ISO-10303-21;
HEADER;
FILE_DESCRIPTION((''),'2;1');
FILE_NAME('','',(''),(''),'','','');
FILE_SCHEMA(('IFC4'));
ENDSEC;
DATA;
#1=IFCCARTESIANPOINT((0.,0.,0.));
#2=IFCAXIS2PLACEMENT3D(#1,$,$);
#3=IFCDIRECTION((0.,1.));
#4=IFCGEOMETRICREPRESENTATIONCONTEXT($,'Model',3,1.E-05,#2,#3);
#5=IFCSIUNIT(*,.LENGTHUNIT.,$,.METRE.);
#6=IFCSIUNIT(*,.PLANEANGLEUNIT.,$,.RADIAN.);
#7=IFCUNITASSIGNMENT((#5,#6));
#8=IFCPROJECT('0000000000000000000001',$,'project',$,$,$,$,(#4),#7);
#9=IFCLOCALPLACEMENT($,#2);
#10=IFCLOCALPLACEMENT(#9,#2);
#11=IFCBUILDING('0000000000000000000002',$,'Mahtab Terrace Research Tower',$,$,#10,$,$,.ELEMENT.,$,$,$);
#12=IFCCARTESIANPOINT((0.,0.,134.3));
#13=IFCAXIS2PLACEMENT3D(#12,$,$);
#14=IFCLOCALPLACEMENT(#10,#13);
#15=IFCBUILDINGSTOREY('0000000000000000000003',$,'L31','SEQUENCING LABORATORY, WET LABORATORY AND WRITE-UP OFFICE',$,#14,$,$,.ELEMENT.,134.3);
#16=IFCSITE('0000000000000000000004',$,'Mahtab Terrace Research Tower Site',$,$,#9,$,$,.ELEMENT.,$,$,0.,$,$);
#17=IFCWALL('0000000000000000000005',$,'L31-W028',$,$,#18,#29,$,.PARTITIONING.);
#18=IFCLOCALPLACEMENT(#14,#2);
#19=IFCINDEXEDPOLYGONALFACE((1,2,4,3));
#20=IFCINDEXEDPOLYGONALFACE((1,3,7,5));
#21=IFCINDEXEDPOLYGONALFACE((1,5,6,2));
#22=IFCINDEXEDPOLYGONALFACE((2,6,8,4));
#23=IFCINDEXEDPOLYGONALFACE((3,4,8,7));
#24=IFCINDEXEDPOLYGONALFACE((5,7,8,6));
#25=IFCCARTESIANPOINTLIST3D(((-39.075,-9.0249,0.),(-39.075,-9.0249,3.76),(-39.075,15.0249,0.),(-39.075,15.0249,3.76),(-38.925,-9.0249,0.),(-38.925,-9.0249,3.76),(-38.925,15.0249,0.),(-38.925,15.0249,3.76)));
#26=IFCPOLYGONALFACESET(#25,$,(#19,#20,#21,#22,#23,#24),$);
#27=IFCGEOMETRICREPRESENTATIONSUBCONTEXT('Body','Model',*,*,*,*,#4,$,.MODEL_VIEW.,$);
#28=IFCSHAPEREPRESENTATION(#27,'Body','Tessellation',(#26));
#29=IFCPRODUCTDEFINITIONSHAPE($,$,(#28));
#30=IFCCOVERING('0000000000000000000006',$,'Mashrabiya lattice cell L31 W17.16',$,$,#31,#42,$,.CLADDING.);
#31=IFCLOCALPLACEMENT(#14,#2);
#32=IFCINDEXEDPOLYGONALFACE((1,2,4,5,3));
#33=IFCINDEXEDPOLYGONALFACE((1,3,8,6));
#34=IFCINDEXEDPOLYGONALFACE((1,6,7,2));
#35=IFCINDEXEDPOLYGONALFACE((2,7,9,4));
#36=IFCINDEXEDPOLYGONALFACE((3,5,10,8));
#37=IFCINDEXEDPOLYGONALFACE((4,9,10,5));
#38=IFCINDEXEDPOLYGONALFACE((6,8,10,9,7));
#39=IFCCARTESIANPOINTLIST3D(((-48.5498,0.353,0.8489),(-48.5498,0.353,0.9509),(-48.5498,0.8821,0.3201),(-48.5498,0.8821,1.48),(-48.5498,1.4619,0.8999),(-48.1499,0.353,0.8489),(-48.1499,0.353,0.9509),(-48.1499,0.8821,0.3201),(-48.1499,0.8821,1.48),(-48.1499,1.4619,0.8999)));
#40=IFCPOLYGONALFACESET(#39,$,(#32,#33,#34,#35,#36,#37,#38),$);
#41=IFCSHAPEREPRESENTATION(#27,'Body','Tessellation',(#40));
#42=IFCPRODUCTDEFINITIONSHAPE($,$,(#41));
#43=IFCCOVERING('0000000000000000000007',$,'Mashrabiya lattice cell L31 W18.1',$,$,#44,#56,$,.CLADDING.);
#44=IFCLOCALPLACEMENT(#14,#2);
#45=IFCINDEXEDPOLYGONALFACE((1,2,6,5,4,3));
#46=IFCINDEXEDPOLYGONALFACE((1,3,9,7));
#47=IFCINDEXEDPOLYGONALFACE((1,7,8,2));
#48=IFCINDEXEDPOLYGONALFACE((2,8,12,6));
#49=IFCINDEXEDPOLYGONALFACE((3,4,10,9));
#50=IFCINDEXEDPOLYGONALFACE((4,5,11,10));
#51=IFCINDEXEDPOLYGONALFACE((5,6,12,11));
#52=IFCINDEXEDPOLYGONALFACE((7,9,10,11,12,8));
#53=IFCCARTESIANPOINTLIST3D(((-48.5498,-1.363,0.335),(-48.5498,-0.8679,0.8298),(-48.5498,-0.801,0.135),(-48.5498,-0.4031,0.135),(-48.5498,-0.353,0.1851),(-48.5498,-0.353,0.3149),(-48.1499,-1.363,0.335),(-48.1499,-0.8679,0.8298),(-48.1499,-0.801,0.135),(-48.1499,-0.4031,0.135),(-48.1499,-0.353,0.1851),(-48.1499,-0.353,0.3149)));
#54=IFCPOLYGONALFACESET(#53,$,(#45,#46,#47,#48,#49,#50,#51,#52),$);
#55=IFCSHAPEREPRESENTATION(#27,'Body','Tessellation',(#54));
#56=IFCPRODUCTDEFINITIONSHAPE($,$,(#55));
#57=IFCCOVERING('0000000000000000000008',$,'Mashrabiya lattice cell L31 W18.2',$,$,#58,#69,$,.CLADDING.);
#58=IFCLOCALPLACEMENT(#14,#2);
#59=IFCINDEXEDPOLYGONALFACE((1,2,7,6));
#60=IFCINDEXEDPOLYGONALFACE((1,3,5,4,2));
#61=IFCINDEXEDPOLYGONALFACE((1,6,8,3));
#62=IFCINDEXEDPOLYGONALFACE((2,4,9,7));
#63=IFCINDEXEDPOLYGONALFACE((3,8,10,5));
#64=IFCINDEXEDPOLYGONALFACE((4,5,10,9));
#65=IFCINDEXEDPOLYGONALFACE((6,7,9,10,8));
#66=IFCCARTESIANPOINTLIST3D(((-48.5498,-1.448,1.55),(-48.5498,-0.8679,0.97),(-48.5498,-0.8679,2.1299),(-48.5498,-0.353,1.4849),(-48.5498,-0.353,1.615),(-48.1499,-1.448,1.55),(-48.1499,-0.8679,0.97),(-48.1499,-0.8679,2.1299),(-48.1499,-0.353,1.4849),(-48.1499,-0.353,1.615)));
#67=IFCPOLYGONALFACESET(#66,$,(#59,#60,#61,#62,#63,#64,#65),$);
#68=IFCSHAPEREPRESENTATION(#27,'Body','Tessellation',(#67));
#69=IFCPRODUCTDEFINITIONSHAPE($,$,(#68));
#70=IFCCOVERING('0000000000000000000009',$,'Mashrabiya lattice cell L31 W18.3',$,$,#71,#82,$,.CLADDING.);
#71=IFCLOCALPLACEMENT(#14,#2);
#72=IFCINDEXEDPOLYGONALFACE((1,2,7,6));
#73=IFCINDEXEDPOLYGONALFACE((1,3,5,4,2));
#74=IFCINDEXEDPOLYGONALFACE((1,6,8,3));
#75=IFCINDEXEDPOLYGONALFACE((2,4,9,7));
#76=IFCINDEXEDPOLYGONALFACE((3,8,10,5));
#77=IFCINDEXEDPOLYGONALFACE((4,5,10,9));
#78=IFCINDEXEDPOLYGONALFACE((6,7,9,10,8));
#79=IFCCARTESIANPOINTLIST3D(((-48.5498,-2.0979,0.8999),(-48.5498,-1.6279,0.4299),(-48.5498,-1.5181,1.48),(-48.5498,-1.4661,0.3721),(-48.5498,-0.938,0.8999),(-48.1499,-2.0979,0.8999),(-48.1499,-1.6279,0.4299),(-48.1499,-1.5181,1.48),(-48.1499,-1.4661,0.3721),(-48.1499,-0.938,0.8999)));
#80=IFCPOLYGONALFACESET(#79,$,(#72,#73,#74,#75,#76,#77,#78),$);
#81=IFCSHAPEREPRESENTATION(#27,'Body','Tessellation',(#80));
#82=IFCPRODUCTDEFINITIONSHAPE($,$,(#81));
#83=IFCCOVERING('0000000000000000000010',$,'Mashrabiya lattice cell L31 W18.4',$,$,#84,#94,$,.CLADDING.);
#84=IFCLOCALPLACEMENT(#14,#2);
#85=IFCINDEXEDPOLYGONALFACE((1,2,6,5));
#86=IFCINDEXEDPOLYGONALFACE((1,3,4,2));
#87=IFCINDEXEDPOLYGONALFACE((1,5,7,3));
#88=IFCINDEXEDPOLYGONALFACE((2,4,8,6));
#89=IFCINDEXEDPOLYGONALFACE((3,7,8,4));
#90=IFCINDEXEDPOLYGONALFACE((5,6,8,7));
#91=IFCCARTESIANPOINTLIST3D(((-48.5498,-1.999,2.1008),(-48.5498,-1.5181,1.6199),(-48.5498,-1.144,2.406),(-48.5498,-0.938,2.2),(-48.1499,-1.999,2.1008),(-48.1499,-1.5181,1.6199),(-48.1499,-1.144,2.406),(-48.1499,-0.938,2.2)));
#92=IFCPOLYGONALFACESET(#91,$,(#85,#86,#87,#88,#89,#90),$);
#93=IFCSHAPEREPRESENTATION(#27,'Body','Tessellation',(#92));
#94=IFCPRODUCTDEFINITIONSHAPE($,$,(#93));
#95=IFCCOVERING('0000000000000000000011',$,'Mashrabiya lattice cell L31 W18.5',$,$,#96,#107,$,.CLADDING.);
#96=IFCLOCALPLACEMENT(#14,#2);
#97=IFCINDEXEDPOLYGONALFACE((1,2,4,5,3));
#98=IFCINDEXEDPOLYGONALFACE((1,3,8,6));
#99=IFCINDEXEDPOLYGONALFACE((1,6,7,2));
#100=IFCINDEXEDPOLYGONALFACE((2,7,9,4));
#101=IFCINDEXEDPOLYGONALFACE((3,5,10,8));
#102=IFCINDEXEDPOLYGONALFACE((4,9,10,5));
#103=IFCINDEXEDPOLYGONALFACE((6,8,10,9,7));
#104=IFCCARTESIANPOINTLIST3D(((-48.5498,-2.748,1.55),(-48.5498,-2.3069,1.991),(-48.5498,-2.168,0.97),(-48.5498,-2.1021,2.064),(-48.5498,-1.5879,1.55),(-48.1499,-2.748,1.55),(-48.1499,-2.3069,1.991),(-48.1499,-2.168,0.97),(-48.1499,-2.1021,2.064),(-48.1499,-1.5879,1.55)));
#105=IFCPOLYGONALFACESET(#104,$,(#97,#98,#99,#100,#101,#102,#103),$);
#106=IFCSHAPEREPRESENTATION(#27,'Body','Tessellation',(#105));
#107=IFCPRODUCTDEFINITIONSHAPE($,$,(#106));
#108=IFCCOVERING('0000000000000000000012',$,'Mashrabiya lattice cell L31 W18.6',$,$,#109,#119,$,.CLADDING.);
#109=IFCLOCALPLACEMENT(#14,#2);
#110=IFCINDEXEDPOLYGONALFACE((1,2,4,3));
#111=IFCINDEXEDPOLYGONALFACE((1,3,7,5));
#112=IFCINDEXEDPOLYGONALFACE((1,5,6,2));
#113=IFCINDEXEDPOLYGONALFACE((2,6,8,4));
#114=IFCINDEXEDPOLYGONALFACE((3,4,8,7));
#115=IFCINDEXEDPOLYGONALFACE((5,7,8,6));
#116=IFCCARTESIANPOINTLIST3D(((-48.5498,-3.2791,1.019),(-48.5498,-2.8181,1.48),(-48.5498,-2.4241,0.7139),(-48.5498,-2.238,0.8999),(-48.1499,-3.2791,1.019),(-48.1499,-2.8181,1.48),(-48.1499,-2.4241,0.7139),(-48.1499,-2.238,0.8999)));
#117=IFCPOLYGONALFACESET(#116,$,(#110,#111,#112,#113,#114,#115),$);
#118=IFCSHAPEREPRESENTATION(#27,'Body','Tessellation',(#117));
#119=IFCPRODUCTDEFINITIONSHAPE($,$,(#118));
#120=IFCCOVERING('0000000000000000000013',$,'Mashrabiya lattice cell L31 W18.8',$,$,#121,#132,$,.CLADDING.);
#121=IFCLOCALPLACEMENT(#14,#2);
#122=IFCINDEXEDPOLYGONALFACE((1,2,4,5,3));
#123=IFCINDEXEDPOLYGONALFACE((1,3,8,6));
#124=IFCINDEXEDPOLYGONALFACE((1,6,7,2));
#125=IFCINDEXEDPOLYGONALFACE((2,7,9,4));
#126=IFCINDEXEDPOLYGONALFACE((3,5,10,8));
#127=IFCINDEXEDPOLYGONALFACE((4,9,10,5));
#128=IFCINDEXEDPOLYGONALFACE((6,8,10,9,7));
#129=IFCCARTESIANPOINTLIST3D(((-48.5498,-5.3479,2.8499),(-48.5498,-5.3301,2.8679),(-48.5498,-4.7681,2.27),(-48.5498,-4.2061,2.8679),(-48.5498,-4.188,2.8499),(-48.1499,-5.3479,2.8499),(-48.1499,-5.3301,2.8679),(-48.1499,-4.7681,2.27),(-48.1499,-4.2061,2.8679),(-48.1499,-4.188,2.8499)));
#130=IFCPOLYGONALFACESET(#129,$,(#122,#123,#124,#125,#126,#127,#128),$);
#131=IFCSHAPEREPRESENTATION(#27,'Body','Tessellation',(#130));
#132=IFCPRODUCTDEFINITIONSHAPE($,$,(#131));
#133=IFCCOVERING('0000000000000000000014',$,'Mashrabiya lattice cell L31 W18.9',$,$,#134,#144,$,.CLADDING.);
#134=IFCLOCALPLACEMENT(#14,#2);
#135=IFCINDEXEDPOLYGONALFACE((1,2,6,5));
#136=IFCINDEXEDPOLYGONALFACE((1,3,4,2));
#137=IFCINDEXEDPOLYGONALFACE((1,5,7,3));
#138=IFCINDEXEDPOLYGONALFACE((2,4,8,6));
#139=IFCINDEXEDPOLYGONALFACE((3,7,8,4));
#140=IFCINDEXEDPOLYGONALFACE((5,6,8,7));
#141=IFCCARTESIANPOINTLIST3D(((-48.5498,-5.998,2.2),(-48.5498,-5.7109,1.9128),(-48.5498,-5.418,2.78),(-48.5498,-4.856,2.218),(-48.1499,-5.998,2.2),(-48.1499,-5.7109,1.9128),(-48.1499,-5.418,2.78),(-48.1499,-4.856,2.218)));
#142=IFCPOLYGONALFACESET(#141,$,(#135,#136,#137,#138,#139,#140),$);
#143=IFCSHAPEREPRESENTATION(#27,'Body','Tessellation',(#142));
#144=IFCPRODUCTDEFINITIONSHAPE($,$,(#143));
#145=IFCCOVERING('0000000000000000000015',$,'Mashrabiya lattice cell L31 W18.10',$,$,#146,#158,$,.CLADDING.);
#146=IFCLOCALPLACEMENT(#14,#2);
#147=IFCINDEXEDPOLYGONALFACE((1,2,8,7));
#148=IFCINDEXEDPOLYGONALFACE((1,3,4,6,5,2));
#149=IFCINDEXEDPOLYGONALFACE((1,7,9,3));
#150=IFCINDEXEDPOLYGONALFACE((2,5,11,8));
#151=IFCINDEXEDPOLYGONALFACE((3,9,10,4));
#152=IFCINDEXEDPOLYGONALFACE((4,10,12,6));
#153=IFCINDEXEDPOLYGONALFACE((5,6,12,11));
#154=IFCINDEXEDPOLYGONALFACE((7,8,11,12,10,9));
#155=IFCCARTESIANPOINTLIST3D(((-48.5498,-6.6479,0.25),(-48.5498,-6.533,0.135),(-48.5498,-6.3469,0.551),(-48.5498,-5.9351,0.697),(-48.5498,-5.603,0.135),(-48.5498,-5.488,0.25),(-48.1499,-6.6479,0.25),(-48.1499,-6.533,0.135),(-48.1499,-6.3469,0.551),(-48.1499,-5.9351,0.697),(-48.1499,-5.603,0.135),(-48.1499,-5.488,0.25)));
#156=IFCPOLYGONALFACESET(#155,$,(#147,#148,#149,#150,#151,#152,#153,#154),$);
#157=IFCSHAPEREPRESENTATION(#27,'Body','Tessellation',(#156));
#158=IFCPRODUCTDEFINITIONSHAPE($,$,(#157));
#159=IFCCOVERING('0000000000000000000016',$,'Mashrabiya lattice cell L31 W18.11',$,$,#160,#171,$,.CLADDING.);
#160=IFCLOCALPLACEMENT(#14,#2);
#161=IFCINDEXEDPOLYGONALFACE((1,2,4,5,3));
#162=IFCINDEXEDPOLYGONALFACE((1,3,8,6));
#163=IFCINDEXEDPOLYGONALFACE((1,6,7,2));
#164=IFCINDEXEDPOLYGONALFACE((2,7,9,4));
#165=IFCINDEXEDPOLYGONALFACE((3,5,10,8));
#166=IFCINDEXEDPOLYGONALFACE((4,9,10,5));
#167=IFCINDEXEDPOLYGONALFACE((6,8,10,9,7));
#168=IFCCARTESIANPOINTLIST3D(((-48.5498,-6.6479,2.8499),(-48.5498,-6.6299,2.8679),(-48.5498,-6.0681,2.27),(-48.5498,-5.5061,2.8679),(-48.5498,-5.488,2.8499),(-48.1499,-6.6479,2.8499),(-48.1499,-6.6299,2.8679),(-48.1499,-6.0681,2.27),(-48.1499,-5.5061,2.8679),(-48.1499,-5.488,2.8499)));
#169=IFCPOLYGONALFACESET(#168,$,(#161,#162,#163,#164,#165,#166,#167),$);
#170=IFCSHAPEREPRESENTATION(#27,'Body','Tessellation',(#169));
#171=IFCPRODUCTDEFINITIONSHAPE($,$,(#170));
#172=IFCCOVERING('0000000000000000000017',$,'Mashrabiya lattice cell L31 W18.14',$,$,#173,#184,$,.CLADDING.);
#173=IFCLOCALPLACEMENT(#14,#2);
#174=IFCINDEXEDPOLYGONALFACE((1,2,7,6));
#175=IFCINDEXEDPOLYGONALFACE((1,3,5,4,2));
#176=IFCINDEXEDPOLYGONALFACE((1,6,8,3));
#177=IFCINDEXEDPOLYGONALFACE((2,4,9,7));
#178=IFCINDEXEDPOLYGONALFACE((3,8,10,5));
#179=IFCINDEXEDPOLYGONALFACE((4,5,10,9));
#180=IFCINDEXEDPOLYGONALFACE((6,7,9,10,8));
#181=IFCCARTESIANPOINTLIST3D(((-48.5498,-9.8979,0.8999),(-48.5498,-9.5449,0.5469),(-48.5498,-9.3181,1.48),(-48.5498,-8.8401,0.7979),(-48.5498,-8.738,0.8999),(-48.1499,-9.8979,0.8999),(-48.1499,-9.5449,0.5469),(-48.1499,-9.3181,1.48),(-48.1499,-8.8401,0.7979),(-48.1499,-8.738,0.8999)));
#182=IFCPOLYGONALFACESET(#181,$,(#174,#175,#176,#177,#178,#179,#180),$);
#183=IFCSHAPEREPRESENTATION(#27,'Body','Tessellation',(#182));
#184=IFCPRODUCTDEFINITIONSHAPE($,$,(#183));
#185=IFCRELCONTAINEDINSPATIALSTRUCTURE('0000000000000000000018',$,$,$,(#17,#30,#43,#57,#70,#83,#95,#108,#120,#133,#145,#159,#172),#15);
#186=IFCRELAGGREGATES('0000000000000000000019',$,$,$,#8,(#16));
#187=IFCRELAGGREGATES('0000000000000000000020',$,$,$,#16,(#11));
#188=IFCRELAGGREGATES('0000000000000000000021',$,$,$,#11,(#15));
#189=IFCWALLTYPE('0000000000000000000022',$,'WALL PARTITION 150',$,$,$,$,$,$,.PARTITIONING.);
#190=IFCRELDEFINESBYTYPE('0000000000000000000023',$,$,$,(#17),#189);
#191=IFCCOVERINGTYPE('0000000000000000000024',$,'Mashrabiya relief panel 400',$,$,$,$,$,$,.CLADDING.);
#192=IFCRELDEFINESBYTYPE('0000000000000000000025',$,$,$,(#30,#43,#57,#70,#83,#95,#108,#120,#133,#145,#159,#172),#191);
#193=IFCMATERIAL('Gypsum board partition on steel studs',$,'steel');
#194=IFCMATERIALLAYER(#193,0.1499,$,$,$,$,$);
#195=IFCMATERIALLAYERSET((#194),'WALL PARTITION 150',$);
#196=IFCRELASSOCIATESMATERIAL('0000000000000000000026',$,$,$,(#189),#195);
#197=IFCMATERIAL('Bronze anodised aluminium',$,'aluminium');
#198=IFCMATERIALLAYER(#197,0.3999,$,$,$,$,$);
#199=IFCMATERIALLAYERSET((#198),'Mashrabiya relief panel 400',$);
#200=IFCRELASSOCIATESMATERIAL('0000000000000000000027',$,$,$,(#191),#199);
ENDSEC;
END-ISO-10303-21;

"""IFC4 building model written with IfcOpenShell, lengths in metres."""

from ifc_helpers import new_model, si_unit, direction, frame, frame_2d, origin, place, context, subcontext, project, spatial, polyline, rectangle, outline, extrude, material, layer, layer_set, type_object, element, save


model = new_model("IFC4")

# Units and contexts
model_context = context("Model", 3, precision=1e-05, world=origin(), true_north=direction((0.0, 1.0)))
body_context = subcontext(model_context, "Body", "Model", "MODEL_VIEW")
ifc_project = project(units=[si_unit("LENGTHUNIT", "METRE"), si_unit("PLANEANGLEUNIT", "RADIAN")], contexts=[model_context])

# Site, building, storey
site_placement = place(None, origin())
site = spatial("IfcSite", under=ifc_project, at=site_placement, Name="Mahtab Terrace Research Tower Site", CompositionType="ELEMENT", RefElevation=0.0)
building_placement = place(site_placement, origin())
building = spatial("IfcBuilding", under=site, at=building_placement, Name="Mahtab Terrace Research Tower", CompositionType="ELEMENT")
storey_placement = place(building_placement, frame((0.0, 0.0, 134.3)))
storey = spatial("IfcBuildingStorey", under=building, at=storey_placement, Name="L31", Description="SEQUENCING LABORATORY, WET LABORATORY AND WRITE-UP OFFICE", CompositionType="ELEMENT", Elevation=134.3)

# Wall
ifc_material_1 = material(Name="Gypsum board partition on steel studs", Category="steel")
ifc_layer_1 = layer(ifc_material_1, 0.1499)
ifc_layer_set_1 = layer_set([ifc_layer_1], Name="WALL PARTITION 150")
wall_type_1 = type_object("IfcWallType", Name="WALL PARTITION 150", PredefinedType="PARTITIONING", material=ifc_layer_set_1)
wall_1_placement = place(storey_placement, frame((-39.0, -9.0249, 0.0), z_axis=(0.0, 0.0, 1.0), x_axis=(0.0, 1.0, 0.0)))
element("IfcWall", 1, at=wall_1_placement, inside=storey, type_object=wall_type_1, Name="L31-W028", PredefinedType="PARTITIONING", context=body_context, shape_type="SweptSolid", body=[
    extrude(rectangle(XDim=24.0498, YDim=0.1499, at=frame_2d((12.0249, 0.0))), origin(), (0.0, 0.0, 1.0), 3.76),
])

# Coverings
ifc_material_2 = material(Name="Bronze anodised aluminium", Category="aluminium")
ifc_layer_2 = layer(ifc_material_2, 0.3999)
ifc_layer_set_2 = layer_set([ifc_layer_2], Name="Mashrabiya relief panel 400")
covering_type = type_object("IfcCoveringType", Name="Mashrabiya relief panel 400", PredefinedType="CLADDING", material=ifc_layer_set_2)
covering_1_placement = place(storey_placement, frame((-48.1499, 0.8821, 0.3201), z_axis=(1.0, 0.0, 0.0), x_axis=(0.0, 0.707107, 0.707107)))
element("IfcCovering", 2, at=covering_1_placement, inside=storey, type_object=covering_type, Name="Mashrabiya lattice cell L31 W17.16", PredefinedType="CLADDING", context=body_context, shape_type="SweptSolid", body=[
    extrude(outline(polyline([(0.0, 0.0), (0.82, 0.0), (0.8202, 0.8202), (0.072, 0.8202), (-0.0002, 0.748), (0.0, 0.0)])), origin(), (0.0, 0.0, -1.0), 0.3999),
])
covering_2_placement = place(storey_placement, frame((-48.1499, -0.353, 0.1851), z_axis=(1.0, 0.0, 0.0), x_axis=(0.0, 0.0, 1.0)))
element("IfcCovering", 3, at=covering_2_placement, inside=storey, type_object=covering_type, Name="Mashrabiya lattice cell L31 W18.1", PredefinedType="CLADDING", context=body_context, shape_type="SweptSolid", body=[
    extrude(outline(polyline([(0.0, 0.0), (0.1299, 0.0), (0.6448, 0.5149), (0.1499, 1.01), (-0.05, 0.448), (-0.05, 0.05), (0.0, 0.0)])), origin(), (0.0, 0.0, -1.0), 0.3999),
])
covering_3_placement = place(storey_placement, frame((-48.1499, -0.8679, 2.1299), z_axis=(1.0, 0.0, 0.0), x_axis=(0.0, -0.707256, -0.706958)))
element("IfcCovering", 4, at=covering_3_placement, inside=storey, type_object=covering_type, Name="Mashrabiya lattice cell L31 W18.2", PredefinedType="CLADDING", context=body_context, shape_type="SweptSolid", body=[
    extrude(outline(polyline([(0.0, 0.0), (0.8202, 0.0), (0.82, 0.8204), (0.0918, 0.8202), (-0.0002, 0.7282), (0.0, 0.0)])), origin(), (0.0, 0.0, -1.0), 0.3999),
])
covering_4_placement = place(storey_placement, frame((-48.1499, -0.938, 0.8999), z_axis=(1.0, 0.0, 0.0), x_axis=(0.0, -0.707107, 0.707107)))
element("IfcCovering", 5, at=covering_4_placement, inside=storey, type_object=covering_type, Name="Mashrabiya lattice cell L31 W18.3", PredefinedType="CLADDING", context=body_context, shape_type="SweptSolid", body=[
    extrude(outline(polyline([(0.0, 0.0), (0.8204, 0.0), (0.8202, 0.8202), (0.1555, 0.8202), (0.0002, 0.7466), (0.0, 0.0)])), origin(), (0.0, 0.0, -1.0), 0.3999),
])
covering_5_placement = place(storey_placement, frame((-48.1499, -1.5181, 1.6199), z_axis=(1.0, 0.0, 0.0), x_axis=(0.0, 0.707107, 0.707107)))
element("IfcCovering", 6, at=covering_5_placement, inside=storey, type_object=covering_type, Name="Mashrabiya lattice cell L31 W18.4", PredefinedType="CLADDING", context=body_context, shape_type="SweptSolid", body=[
    extrude(outline(polyline([(0.0, 0.0), (0.8204, 0.0), (0.8204, 0.2914), (0.0, 0.6802), (0.0, 0.0)])), origin(), (0.0, 0.0, -1.0), 0.3999),
])
covering_6_placement = place(storey_placement, frame((-48.1499, -2.748, 1.55), z_axis=(1.0, 0.0, 0.0), x_axis=(0.0, 0.707107, -0.707107)))
element("IfcCovering", 7, at=covering_6_placement, inside=storey, type_object=covering_type, Name="Mashrabiya lattice cell L31 W18.5", PredefinedType="CLADDING", context=body_context, shape_type="SweptSolid", body=[
    extrude(outline(polyline([(0.0, 0.0), (0.8204, 0.0), (0.8204, 0.8204), (0.0934, 0.8202), (0.0002, 0.6237), (0.0, 0.0)])), origin(), (0.0, 0.0, -1.0), 0.3999),
])
covering_7_placement = place(storey_placement, frame((-48.1499, -2.238, 0.8999), z_axis=(1.0, 0.0, 0.0), x_axis=(0.0, -0.707107, 0.707107)))
element("IfcCovering", 8, at=covering_7_placement, inside=storey, type_object=covering_type, Name="Mashrabiya lattice cell L31 W18.6", PredefinedType="CLADDING", context=body_context, shape_type="SweptSolid", body=[
    extrude(outline(polyline([(0.0, 0.0), (0.8204, 0.0), (0.8204, 0.6519), (0.0, 0.2631), (0.0, 0.0)])), origin(), (0.0, 0.0, -1.0), 0.3999),
])
covering_8_placement = place(storey_placement, frame((-48.1499, -5.3479, 2.8499), z_axis=(1.0, 0.0, 0.0), x_axis=(0.0, 0.707107, -0.707107)))
element("IfcCovering", 9, at=covering_8_placement, inside=storey, type_object=covering_type, Name="Mashrabiya lattice cell L31 W18.8", PredefinedType="CLADDING", context=body_context, shape_type="SweptSolid", body=[
    extrude(outline(polyline([(0.0, 0.0), (0.82, 0.0), (0.8202, 0.8202), (0.7946, 0.8202), (-0.0002, 0.0254), (0.0, 0.0)])), origin(), (0.0, 0.0, -1.0), 0.3999),
])
covering_9_placement = place(storey_placement, frame((-48.1499, -5.418, 2.78), z_axis=(1.0, 0.0, 0.0), x_axis=(0.0, -0.707107, -0.707107)))
element("IfcCovering", 10, at=covering_9_placement, inside=storey, type_object=covering_type, Name="Mashrabiya lattice cell L31 W18.9", PredefinedType="CLADDING", context=body_context, shape_type="SweptSolid", body=[
    extrude(outline(polyline([(0.0, 0.0), (0.8204, 0.0), (0.8204, 0.406), (0.0, 0.7948), (0.0, 0.0)])), origin(), (0.0, 0.0, -1.0), 0.3999),
])
covering_10_placement = place(storey_placement, frame((-48.1499, -5.488, 0.25), z_axis=(1.0, 0.0, 0.0), x_axis=(0.0, -0.707107, 0.707107)))
element("IfcCovering", 11, at=covering_10_placement, inside=storey, type_object=covering_type, Name="Mashrabiya lattice cell L31 W18.10", PredefinedType="CLADDING", context=body_context, shape_type="SweptSolid", body=[
    extrude(outline(polyline([(0.0, 0.0), (0.6322, 0.0), (0.8202, 0.3945), (0.8202, 0.8202), (0.6576, 0.8202), (0.0, 0.1626), (0.0, 0.0)])), origin(), (0.0, 0.0, -1.0), 0.3999),
])
covering_11_placement = place(storey_placement, frame((-48.1499, -6.6479, 2.8499), z_axis=(1.0, 0.0, 0.0), x_axis=(0.0, 0.707107, -0.707107)))
element("IfcCovering", 12, at=covering_11_placement, inside=storey, type_object=covering_type, Name="Mashrabiya lattice cell L31 W18.11", PredefinedType="CLADDING", context=body_context, shape_type="SweptSolid", body=[
    extrude(outline(polyline([(0.0, 0.0), (0.82, 0.0), (0.8202, 0.8202), (0.7946, 0.8202), (0.0, 0.0255), (0.0, 0.0)])), origin(), (0.0, 0.0, -1.0), 0.3999),
])
covering_12_placement = place(storey_placement, frame((-48.1499, -8.738, 0.8999), z_axis=(1.0, 0.0, 0.0), x_axis=(0.0, -0.707107, 0.707107)))
element("IfcCovering", 13, at=covering_12_placement, inside=storey, type_object=covering_type, Name="Mashrabiya lattice cell L31 W18.14", PredefinedType="CLADDING", context=body_context, shape_type="SweptSolid", body=[
    extrude(outline(polyline([(0.0, 0.0), (0.8204, 0.0), (0.8202, 0.8202), (0.3209, 0.8202), (0.0, 0.1443), (0.0, 0.0)])), origin(), (0.0, 0.0, -1.0), 0.3999),
])

save(model, "model.ifc")
